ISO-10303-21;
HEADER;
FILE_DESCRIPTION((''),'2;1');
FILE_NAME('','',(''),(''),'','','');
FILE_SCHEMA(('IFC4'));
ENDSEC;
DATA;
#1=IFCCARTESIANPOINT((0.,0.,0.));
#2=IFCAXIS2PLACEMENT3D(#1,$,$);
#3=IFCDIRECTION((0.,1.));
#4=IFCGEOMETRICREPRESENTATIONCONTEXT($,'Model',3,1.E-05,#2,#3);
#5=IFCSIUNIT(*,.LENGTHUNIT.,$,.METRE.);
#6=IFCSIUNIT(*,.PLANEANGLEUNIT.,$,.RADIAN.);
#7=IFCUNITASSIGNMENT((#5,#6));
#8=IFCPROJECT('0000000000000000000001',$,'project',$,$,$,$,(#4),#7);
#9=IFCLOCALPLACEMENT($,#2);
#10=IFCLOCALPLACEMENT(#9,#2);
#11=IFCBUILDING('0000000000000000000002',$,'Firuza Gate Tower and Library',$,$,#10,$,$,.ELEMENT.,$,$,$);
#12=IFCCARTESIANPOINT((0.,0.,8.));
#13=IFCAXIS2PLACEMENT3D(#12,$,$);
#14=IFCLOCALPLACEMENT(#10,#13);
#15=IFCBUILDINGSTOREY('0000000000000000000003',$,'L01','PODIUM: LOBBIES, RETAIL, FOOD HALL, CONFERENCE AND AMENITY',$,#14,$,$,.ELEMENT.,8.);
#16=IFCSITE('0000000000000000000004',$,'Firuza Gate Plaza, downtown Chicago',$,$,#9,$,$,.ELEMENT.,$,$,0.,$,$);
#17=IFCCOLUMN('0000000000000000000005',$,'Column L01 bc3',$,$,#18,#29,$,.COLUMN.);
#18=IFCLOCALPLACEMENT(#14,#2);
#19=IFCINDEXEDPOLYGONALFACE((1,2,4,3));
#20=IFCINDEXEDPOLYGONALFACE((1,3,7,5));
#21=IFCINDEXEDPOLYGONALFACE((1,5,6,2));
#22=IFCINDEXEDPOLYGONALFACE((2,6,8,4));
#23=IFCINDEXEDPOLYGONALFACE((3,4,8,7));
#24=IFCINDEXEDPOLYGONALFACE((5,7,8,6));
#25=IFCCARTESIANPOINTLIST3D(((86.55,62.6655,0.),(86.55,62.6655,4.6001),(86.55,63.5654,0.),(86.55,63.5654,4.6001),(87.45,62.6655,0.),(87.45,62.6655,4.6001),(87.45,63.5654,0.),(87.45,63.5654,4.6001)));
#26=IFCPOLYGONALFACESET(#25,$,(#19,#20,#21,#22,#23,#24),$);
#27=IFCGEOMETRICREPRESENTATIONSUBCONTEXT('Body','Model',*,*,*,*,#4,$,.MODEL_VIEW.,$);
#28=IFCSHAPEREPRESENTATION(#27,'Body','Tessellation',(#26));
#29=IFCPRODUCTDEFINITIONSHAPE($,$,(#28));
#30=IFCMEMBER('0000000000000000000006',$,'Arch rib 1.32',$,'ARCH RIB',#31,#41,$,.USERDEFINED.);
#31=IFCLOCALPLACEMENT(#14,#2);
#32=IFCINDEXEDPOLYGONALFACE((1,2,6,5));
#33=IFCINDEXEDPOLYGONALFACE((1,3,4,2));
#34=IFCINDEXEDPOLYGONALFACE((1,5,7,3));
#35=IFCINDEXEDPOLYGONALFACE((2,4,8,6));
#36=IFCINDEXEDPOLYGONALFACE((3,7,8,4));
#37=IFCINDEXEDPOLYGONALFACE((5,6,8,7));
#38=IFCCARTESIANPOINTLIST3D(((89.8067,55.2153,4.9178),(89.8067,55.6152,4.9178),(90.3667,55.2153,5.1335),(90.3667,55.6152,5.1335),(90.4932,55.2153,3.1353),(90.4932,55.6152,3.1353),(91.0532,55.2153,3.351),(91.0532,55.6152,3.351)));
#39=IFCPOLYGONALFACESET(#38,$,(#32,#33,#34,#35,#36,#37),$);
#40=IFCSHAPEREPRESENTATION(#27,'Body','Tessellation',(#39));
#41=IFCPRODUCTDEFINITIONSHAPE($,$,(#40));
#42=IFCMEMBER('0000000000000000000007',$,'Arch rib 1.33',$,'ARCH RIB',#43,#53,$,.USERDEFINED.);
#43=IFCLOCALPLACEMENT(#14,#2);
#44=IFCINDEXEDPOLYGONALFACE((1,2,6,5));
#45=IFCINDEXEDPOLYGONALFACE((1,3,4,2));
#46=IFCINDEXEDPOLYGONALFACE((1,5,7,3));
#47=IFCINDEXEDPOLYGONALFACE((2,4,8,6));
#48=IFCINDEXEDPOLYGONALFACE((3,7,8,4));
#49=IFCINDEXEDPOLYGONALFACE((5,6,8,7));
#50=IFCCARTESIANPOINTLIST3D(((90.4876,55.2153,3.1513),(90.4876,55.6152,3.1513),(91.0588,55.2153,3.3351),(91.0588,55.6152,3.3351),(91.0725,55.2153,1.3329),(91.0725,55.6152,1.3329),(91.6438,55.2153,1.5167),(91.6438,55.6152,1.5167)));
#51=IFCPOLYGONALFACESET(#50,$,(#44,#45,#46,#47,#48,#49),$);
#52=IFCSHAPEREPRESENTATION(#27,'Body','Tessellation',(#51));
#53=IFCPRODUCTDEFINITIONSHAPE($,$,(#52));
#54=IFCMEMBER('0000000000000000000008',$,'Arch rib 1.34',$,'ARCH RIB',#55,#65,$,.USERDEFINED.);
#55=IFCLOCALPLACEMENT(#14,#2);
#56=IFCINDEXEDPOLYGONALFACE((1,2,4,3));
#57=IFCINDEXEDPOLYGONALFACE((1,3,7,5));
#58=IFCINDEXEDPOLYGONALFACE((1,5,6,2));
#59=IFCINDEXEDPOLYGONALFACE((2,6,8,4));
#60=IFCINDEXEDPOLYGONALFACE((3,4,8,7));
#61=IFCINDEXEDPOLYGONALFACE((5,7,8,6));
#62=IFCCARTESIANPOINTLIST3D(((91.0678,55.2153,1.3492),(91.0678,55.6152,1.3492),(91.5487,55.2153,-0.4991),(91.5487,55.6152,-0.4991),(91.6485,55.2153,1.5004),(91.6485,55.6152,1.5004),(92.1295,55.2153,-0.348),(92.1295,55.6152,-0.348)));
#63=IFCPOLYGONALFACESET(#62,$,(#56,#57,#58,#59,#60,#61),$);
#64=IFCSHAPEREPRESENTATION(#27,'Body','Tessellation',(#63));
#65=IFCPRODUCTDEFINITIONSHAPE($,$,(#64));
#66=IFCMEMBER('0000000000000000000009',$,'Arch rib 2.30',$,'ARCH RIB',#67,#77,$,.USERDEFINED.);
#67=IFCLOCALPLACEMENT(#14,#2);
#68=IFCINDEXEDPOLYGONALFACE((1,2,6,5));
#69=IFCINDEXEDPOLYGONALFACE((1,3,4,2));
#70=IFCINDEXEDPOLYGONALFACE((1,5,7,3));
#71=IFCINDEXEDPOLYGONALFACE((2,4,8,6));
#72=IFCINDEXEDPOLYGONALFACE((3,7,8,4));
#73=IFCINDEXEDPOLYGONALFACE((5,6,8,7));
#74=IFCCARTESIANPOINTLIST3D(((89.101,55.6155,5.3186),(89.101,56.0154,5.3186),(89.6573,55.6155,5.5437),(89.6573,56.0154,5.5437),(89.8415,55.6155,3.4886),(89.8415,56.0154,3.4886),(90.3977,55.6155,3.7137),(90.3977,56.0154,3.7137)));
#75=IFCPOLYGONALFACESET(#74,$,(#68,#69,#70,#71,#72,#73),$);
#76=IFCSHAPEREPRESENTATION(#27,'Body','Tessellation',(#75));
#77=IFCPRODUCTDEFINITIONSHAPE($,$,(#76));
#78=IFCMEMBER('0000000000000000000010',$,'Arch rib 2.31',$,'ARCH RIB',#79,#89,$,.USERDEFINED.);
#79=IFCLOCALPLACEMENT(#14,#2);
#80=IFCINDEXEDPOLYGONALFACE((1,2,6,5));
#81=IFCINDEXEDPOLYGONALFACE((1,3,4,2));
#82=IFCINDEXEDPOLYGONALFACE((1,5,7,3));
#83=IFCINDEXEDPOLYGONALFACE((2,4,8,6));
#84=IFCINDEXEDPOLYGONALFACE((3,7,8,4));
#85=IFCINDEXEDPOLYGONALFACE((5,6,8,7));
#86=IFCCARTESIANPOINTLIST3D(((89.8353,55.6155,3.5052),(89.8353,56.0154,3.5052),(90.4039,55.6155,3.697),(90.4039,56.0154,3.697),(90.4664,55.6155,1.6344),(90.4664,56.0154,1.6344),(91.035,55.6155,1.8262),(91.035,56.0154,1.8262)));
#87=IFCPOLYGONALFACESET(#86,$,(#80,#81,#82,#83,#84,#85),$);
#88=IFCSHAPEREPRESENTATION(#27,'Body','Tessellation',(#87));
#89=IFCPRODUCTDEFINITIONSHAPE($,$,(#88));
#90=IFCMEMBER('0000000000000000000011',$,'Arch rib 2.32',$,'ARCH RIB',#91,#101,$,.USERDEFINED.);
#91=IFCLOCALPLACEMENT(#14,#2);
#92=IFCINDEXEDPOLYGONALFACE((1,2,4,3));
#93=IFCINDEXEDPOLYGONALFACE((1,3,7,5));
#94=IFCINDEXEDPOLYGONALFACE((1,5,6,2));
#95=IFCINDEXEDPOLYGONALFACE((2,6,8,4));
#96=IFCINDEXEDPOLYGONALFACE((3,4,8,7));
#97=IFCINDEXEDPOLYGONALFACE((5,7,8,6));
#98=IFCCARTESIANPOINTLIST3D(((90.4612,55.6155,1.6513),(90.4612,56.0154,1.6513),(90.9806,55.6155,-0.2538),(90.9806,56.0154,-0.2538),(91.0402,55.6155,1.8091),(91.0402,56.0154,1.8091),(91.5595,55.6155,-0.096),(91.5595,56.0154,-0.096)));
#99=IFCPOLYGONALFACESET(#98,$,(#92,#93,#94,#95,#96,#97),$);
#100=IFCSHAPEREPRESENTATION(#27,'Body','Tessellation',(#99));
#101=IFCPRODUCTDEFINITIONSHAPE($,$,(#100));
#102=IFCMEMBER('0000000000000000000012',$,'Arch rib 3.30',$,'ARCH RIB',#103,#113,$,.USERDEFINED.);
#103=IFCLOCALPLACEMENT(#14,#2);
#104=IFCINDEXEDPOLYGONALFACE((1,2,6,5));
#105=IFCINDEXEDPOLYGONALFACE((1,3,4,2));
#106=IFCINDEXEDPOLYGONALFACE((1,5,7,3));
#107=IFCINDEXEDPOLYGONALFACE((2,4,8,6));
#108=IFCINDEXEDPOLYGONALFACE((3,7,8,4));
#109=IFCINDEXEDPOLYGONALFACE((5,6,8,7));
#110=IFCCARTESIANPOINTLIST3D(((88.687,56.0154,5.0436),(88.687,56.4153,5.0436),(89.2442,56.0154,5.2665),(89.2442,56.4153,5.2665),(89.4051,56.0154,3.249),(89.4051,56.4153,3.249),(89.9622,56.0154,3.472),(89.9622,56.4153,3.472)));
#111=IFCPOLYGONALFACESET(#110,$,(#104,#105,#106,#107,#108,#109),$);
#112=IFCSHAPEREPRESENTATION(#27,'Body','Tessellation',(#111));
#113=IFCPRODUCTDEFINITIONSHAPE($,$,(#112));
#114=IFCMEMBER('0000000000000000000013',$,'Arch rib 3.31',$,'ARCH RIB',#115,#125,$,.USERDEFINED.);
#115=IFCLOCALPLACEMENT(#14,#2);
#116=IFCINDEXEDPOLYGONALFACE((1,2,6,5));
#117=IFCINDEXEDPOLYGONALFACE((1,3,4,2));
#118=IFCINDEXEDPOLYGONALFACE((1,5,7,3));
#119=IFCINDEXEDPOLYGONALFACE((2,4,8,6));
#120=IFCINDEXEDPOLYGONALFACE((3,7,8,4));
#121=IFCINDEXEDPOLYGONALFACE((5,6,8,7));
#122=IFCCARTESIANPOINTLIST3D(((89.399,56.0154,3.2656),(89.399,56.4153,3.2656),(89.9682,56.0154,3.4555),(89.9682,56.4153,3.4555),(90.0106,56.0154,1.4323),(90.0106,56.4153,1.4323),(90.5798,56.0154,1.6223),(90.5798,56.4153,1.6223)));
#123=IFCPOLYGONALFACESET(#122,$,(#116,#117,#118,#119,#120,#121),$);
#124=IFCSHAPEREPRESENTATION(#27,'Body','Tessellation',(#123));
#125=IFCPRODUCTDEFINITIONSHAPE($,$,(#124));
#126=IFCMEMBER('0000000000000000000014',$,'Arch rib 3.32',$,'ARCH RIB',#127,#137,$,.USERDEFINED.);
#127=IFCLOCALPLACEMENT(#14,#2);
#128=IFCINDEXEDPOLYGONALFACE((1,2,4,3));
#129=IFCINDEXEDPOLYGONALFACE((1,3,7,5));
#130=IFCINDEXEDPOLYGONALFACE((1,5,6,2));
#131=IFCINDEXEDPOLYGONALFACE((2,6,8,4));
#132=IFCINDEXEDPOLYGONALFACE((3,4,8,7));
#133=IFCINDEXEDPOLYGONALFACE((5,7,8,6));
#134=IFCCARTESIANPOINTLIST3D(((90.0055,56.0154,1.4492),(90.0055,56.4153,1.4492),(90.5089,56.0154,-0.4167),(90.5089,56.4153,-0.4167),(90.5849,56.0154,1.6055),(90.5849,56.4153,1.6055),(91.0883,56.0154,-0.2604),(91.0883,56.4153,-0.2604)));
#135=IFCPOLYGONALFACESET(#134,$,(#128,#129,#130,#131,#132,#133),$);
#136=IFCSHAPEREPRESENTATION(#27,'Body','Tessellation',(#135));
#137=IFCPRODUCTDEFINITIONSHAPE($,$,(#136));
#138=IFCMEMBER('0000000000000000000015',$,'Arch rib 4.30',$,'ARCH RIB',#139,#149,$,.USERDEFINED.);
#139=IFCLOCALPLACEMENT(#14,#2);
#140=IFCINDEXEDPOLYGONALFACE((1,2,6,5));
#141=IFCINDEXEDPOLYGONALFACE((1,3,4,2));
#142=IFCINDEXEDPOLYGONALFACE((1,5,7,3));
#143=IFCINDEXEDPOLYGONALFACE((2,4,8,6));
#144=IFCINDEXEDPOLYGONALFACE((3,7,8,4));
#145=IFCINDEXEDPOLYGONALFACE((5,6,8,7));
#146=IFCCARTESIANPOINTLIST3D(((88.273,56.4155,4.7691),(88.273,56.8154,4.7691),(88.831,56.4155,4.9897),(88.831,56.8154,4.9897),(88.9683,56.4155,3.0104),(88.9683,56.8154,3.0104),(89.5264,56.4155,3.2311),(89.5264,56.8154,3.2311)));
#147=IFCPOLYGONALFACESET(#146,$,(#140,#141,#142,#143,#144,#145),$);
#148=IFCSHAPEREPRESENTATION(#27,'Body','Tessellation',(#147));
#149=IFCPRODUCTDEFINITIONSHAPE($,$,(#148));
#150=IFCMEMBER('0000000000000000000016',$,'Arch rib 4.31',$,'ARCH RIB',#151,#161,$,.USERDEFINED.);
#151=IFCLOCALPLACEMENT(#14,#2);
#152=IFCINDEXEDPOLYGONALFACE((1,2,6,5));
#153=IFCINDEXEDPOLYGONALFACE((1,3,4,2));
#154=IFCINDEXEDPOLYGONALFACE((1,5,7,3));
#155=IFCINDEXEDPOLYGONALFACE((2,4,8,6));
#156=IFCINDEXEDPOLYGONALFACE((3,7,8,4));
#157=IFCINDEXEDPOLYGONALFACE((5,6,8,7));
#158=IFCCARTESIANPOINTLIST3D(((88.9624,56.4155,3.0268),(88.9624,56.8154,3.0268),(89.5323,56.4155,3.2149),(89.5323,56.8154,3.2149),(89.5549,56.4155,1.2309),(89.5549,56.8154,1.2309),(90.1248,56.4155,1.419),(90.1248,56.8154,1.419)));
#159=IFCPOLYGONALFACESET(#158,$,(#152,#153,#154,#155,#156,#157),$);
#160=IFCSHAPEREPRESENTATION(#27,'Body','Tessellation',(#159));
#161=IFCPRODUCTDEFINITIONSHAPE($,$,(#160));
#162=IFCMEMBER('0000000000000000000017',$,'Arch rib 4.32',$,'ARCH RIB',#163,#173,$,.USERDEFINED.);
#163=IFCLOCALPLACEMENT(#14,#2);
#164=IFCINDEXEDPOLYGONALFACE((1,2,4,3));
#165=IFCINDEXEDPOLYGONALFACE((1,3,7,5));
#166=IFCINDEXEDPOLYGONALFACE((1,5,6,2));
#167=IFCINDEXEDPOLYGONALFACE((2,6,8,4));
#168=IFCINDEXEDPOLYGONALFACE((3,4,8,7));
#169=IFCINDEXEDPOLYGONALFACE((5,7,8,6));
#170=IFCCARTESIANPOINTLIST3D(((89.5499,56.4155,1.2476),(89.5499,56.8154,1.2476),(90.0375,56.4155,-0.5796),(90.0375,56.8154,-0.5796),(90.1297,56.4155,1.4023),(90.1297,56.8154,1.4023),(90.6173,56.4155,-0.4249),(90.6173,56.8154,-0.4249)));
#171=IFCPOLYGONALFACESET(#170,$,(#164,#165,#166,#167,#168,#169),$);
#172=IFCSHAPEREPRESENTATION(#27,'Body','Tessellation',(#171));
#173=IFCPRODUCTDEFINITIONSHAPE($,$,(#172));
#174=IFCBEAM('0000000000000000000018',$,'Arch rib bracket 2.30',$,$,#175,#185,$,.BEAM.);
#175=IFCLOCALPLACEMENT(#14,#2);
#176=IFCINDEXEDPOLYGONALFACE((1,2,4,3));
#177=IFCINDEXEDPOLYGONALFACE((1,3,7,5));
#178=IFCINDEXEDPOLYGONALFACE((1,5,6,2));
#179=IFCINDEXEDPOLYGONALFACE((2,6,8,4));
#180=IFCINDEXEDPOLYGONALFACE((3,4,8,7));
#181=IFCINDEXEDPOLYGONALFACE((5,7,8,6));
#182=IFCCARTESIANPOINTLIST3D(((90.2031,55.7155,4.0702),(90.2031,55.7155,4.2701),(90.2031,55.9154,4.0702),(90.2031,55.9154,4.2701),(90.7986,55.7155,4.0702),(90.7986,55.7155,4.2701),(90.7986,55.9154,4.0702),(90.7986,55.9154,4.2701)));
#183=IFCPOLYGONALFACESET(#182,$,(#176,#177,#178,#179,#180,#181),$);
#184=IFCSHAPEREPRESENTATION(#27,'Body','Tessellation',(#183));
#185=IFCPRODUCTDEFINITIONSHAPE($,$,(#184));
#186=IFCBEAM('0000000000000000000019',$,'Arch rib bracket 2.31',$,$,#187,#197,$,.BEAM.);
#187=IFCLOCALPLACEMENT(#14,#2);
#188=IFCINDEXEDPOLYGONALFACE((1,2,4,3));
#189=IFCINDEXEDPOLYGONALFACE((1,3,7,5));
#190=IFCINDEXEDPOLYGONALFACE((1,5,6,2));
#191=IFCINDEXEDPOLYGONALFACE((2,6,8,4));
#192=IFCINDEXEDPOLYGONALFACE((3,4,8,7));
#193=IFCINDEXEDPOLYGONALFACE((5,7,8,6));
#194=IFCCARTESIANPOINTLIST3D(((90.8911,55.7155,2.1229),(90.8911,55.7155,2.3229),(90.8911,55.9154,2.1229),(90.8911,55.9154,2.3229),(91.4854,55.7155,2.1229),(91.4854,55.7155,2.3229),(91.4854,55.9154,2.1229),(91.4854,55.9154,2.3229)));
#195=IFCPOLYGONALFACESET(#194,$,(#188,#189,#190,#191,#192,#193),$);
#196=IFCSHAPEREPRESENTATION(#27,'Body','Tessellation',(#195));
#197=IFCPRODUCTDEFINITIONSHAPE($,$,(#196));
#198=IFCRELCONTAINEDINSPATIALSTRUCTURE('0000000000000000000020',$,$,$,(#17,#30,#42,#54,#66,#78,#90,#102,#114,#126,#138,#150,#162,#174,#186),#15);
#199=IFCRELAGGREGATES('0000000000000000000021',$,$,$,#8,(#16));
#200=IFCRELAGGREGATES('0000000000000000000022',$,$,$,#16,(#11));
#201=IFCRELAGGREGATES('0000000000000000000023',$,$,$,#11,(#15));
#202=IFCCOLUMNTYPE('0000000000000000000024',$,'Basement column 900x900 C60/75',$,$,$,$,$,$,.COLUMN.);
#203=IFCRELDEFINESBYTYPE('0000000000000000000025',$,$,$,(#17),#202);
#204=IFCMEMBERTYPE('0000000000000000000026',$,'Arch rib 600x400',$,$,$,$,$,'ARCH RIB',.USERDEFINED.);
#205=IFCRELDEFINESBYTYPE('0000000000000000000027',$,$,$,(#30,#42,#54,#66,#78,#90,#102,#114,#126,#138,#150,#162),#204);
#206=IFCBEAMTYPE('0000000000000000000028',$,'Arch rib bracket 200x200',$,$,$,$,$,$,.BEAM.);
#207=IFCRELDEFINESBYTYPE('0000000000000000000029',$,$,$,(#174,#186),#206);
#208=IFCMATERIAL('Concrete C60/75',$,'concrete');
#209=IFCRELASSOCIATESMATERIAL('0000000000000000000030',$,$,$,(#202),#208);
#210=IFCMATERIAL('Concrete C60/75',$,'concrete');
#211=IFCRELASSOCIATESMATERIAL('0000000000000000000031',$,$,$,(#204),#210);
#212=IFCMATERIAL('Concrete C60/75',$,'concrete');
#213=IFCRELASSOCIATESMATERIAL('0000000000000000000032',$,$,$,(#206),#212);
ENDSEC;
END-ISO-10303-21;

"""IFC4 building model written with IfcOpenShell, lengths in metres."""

from ifc_helpers import new_model, si_unit, direction, frame, origin, origin_2d, place, context, subcontext, project, spatial, rectangle, extrude, material, material_profile, profile_set, type_object, element, save


model = new_model("IFC4")

# Units and contexts
model_context = context("Model", 3, precision=1e-05, world=origin(), true_north=direction((0.0, 1.0)))
body_context = subcontext(model_context, "Body", "Model", "MODEL_VIEW")
ifc_project = project(units=[si_unit("LENGTHUNIT", "METRE"), si_unit("PLANEANGLEUNIT", "RADIAN")], contexts=[model_context])

# Site, building, storey
site_placement = place(None, origin())
site = spatial("IfcSite", under=ifc_project, at=site_placement, Name="Firuza Gate Plaza, downtown Chicago", CompositionType="ELEMENT", RefElevation=0.0)
building_placement = place(site_placement, origin())
building = spatial("IfcBuilding", under=site, at=building_placement, Name="Firuza Gate Tower and Library", CompositionType="ELEMENT")
storey_placement = place(building_placement, frame((0.0, 0.0, 8.0)))
storey = spatial("IfcBuildingStorey", under=building, at=storey_placement, Name="L01", Description="PODIUM: LOBBIES, RETAIL, FOOD HALL, CONFERENCE AND AMENITY", CompositionType="ELEMENT", Elevation=8.0)

# Column
ifc_material_1 = material(Name="Concrete C60/75", Category="concrete")
ifc_material_profile_1 = material_profile(ifc_material_1, rectangle(XDim=0.8999, YDim=0.8999, at=origin_2d()))
ifc_profile_set_1 = profile_set([ifc_material_profile_1], Name="Concrete C60/75")
column_type = type_object("IfcColumnType", Name="Basement column 900x900 C60/75", PredefinedType="COLUMN", material=ifc_profile_set_1)
column_placement = place(storey_placement, frame((87.0, 63.1155, 0.0), z_axis=(0.0, 0.0, 1.0), x_axis=(1.0, 0.0, 0.0)))
element("IfcColumn", 1, at=column_placement, inside=storey, type_object=column_type, Name="Column L01 bc3", PredefinedType="COLUMN", context=body_context, shape_type="SweptSolid", body=[
    extrude(rectangle(XDim=0.8999, YDim=0.8999, at=origin_2d()), origin(), (0.0, 0.0, 1.0), 4.6001),
])

# Members
ifc_material_2 = material(Name="Concrete C60/75", Category="concrete")
ifc_material_profile_2 = material_profile(ifc_material_2, rectangle(XDim=0.3999, YDim=0.6001, at=origin_2d()))
ifc_profile_set_2 = profile_set([ifc_material_profile_2], Name="Concrete C60/75")
member_type_1 = type_object("IfcMemberType", Name="Arch rib 600x400", ElementType="ARCH RIB", PredefinedType="USERDEFINED", material=ifc_profile_set_2)
for number, where, z_axis, x_axis, name in (
    (2, (90.0867, 55.4153, 5.0256), (0.359416, 0.0, -0.933177), (0.0, 1.0, 0.0), "Arch rib 1.32"),
    (3, (90.7732, 55.4153, 3.2432), (0.306241, 0.0, -0.951954), (0.0, 1.0, 0.0), "Arch rib 1.33"),
):
    element("IfcMember", number, at=place(storey_placement, frame(where, z_axis=z_axis, x_axis=x_axis)), inside=storey, type_object=member_type_1, Name=name, ObjectType="ARCH RIB", PredefinedType="USERDEFINED", context=body_context, shape_type="SweptSolid", body=[
        extrude(rectangle(XDim=0.3999, YDim=0.6001, at=origin_2d()), origin(), (0.0, 0.0, 1.0), 1.9102),
    ])
member_1_placement = place(storey_placement, frame((91.3582, 55.4153, 1.4248), z_axis=(0.251818, 0.0, -0.967775), x_axis=(0.0, 1.0, 0.0)))
element("IfcMember", 4, at=member_1_placement, inside=storey, type_object=member_type_1, Name="Arch rib 1.34", ObjectType="ARCH RIB", PredefinedType="USERDEFINED", context=body_context, shape_type="SweptSolid", body=[
    extrude(rectangle(XDim=0.3999, YDim=0.6001, at=origin_2d()), origin(), (0.0, 0.0, 1.0), 1.9099),
])
member_2_placement = place(storey_placement, frame((89.3792, 55.8154, 5.4312), z_axis=(0.375076, 0.0, -0.926994), x_axis=(0.0, 1.0, 0.0)))
element("IfcMember", 5, at=member_2_placement, inside=storey, type_object=member_type_1, Name="Arch rib 2.30", ObjectType="ARCH RIB", PredefinedType="USERDEFINED", context=body_context, shape_type="SweptSolid", body=[
    extrude(rectangle(XDim=0.3999, YDim=0.6001, at=origin_2d()), origin(), (0.0, 0.0, 1.0), 1.9741),
])
member_3_placement = place(storey_placement, frame((90.1196, 55.8154, 3.6011), z_axis=(0.319638, 0.0, -0.94754), x_axis=(0.0, 1.0, 0.0)))
element("IfcMember", 6, at=member_3_placement, inside=storey, type_object=member_type_1, Name="Arch rib 2.31", ObjectType="ARCH RIB", PredefinedType="USERDEFINED", context=body_context, shape_type="SweptSolid", body=[
    extrude(rectangle(XDim=0.3999, YDim=0.6001, at=origin_2d()), origin(), (0.0, 0.0, 1.0), 1.9744),
])
member_4_placement = place(storey_placement, frame((90.7507, 55.8154, 1.7302), z_axis=(0.262992, 0.0, -0.964798), x_axis=(0.0, 1.0, 0.0)))
element("IfcMember", 7, at=member_4_placement, inside=storey, type_object=member_type_1, Name="Arch rib 2.32", ObjectType="ARCH RIB", PredefinedType="USERDEFINED", context=body_context, shape_type="SweptSolid", body=[
    extrude(rectangle(XDim=0.3999, YDim=0.6001, at=origin_2d()), origin(), (0.0, 0.0, 1.0), 1.9746),
])
member_5_placement = place(storey_placement, frame((88.9656, 56.2153, 5.155), z_axis=(0.3715, 0.0, -0.928433), x_axis=(0.0, 1.0, 0.0)))
element("IfcMember", 8, at=member_5_placement, inside=storey, type_object=member_type_1, Name="Arch rib 3.30", ObjectType="ARCH RIB", PredefinedType="USERDEFINED", context=body_context, shape_type="SweptSolid", body=[
    extrude(rectangle(XDim=0.3999, YDim=0.6001, at=origin_2d()), origin(), (0.0, 0.0, 1.0), 1.9329),
])
for number, where, z_axis, x_axis, name in (
    (9, (89.6836, 56.2153, 3.3606), (0.316455, 0.0, -0.948607), (0.0, 1.0, 0.0), "Arch rib 3.31"),
    (10, (90.2952, 56.2153, 1.5273), (0.260476, 0.0, -0.96548), (0.0, 1.0, 0.0), "Arch rib 3.32"),
):
    element("IfcMember", number, at=place(storey_placement, frame(where, z_axis=z_axis, x_axis=x_axis)), inside=storey, type_object=member_type_1, Name=name, ObjectType="ARCH RIB", PredefinedType="USERDEFINED", context=body_context, shape_type="SweptSolid", body=[
        extrude(rectangle(XDim=0.3999, YDim=0.6001, at=origin_2d()), origin(), (0.0, 0.0, 1.0), 1.9326),
    ])
for number, where, z_axis, x_axis, name in (
    (11, (88.552, 56.6155, 4.8794), (0.367693, 0.0, -0.929947), (0.0, 1.0, 0.0), "Arch rib 4.30"),
    (12, (89.2473, 56.6155, 3.1208), (0.313322, 0.0, -0.949647), (0.0, 1.0, 0.0), "Arch rib 4.31"),
    (13, (89.8398, 56.6155, 1.325), (0.257815, 0.0, -0.966194), (0.0, 1.0, 0.0), "Arch rib 4.32"),
):
    element("IfcMember", number, at=place(storey_placement, frame(where, z_axis=z_axis, x_axis=x_axis)), inside=storey, type_object=member_type_1, Name=name, ObjectType="ARCH RIB", PredefinedType="USERDEFINED", context=body_context, shape_type="SweptSolid", body=[
        extrude(rectangle(XDim=0.3999, YDim=0.6001, at=origin_2d()), origin(), (0.0, 0.0, 1.0), 1.8911),
    ])

# Beams
ifc_material_3 = material(Name="Concrete C60/75", Category="concrete")
ifc_material_profile_3 = material_profile(ifc_material_3, rectangle(XDim=0.2, YDim=0.2, at=origin_2d()))
ifc_profile_set_3 = profile_set([ifc_material_profile_3], Name="Concrete C60/75")
beam_type_1 = type_object("IfcBeamType", Name="Arch rib bracket 200x200", PredefinedType="BEAM", material=ifc_profile_set_3)
beam_1_placement = place(storey_placement, frame((90.7986, 55.8154, 4.1702), z_axis=(-1.0, 0.0, 0.0), x_axis=(0.0, -1.0, 0.0)))
element("IfcBeam", 14, at=beam_1_placement, inside=storey, type_object=beam_type_1, Name="Arch rib bracket 2.30", PredefinedType="BEAM", context=body_context, shape_type="SweptSolid", body=[
    extrude(rectangle(XDim=0.2, YDim=0.2, at=origin_2d()), origin(), (0.0, 0.0, 1.0), 0.5955),
])
beam_2_placement = place(storey_placement, frame((91.4854, 55.8154, 2.2229), z_axis=(-1.0, 0.0, 0.0), x_axis=(0.0, -1.0, 0.0)))
element("IfcBeam", 15, at=beam_2_placement, inside=storey, type_object=beam_type_1, Name="Arch rib bracket 2.31", PredefinedType="BEAM", context=body_context, shape_type="SweptSolid", body=[
    extrude(rectangle(XDim=0.2, YDim=0.2, at=origin_2d()), origin(), (0.0, 0.0, 1.0), 0.5942),
])

save(model, "model.ifc")
